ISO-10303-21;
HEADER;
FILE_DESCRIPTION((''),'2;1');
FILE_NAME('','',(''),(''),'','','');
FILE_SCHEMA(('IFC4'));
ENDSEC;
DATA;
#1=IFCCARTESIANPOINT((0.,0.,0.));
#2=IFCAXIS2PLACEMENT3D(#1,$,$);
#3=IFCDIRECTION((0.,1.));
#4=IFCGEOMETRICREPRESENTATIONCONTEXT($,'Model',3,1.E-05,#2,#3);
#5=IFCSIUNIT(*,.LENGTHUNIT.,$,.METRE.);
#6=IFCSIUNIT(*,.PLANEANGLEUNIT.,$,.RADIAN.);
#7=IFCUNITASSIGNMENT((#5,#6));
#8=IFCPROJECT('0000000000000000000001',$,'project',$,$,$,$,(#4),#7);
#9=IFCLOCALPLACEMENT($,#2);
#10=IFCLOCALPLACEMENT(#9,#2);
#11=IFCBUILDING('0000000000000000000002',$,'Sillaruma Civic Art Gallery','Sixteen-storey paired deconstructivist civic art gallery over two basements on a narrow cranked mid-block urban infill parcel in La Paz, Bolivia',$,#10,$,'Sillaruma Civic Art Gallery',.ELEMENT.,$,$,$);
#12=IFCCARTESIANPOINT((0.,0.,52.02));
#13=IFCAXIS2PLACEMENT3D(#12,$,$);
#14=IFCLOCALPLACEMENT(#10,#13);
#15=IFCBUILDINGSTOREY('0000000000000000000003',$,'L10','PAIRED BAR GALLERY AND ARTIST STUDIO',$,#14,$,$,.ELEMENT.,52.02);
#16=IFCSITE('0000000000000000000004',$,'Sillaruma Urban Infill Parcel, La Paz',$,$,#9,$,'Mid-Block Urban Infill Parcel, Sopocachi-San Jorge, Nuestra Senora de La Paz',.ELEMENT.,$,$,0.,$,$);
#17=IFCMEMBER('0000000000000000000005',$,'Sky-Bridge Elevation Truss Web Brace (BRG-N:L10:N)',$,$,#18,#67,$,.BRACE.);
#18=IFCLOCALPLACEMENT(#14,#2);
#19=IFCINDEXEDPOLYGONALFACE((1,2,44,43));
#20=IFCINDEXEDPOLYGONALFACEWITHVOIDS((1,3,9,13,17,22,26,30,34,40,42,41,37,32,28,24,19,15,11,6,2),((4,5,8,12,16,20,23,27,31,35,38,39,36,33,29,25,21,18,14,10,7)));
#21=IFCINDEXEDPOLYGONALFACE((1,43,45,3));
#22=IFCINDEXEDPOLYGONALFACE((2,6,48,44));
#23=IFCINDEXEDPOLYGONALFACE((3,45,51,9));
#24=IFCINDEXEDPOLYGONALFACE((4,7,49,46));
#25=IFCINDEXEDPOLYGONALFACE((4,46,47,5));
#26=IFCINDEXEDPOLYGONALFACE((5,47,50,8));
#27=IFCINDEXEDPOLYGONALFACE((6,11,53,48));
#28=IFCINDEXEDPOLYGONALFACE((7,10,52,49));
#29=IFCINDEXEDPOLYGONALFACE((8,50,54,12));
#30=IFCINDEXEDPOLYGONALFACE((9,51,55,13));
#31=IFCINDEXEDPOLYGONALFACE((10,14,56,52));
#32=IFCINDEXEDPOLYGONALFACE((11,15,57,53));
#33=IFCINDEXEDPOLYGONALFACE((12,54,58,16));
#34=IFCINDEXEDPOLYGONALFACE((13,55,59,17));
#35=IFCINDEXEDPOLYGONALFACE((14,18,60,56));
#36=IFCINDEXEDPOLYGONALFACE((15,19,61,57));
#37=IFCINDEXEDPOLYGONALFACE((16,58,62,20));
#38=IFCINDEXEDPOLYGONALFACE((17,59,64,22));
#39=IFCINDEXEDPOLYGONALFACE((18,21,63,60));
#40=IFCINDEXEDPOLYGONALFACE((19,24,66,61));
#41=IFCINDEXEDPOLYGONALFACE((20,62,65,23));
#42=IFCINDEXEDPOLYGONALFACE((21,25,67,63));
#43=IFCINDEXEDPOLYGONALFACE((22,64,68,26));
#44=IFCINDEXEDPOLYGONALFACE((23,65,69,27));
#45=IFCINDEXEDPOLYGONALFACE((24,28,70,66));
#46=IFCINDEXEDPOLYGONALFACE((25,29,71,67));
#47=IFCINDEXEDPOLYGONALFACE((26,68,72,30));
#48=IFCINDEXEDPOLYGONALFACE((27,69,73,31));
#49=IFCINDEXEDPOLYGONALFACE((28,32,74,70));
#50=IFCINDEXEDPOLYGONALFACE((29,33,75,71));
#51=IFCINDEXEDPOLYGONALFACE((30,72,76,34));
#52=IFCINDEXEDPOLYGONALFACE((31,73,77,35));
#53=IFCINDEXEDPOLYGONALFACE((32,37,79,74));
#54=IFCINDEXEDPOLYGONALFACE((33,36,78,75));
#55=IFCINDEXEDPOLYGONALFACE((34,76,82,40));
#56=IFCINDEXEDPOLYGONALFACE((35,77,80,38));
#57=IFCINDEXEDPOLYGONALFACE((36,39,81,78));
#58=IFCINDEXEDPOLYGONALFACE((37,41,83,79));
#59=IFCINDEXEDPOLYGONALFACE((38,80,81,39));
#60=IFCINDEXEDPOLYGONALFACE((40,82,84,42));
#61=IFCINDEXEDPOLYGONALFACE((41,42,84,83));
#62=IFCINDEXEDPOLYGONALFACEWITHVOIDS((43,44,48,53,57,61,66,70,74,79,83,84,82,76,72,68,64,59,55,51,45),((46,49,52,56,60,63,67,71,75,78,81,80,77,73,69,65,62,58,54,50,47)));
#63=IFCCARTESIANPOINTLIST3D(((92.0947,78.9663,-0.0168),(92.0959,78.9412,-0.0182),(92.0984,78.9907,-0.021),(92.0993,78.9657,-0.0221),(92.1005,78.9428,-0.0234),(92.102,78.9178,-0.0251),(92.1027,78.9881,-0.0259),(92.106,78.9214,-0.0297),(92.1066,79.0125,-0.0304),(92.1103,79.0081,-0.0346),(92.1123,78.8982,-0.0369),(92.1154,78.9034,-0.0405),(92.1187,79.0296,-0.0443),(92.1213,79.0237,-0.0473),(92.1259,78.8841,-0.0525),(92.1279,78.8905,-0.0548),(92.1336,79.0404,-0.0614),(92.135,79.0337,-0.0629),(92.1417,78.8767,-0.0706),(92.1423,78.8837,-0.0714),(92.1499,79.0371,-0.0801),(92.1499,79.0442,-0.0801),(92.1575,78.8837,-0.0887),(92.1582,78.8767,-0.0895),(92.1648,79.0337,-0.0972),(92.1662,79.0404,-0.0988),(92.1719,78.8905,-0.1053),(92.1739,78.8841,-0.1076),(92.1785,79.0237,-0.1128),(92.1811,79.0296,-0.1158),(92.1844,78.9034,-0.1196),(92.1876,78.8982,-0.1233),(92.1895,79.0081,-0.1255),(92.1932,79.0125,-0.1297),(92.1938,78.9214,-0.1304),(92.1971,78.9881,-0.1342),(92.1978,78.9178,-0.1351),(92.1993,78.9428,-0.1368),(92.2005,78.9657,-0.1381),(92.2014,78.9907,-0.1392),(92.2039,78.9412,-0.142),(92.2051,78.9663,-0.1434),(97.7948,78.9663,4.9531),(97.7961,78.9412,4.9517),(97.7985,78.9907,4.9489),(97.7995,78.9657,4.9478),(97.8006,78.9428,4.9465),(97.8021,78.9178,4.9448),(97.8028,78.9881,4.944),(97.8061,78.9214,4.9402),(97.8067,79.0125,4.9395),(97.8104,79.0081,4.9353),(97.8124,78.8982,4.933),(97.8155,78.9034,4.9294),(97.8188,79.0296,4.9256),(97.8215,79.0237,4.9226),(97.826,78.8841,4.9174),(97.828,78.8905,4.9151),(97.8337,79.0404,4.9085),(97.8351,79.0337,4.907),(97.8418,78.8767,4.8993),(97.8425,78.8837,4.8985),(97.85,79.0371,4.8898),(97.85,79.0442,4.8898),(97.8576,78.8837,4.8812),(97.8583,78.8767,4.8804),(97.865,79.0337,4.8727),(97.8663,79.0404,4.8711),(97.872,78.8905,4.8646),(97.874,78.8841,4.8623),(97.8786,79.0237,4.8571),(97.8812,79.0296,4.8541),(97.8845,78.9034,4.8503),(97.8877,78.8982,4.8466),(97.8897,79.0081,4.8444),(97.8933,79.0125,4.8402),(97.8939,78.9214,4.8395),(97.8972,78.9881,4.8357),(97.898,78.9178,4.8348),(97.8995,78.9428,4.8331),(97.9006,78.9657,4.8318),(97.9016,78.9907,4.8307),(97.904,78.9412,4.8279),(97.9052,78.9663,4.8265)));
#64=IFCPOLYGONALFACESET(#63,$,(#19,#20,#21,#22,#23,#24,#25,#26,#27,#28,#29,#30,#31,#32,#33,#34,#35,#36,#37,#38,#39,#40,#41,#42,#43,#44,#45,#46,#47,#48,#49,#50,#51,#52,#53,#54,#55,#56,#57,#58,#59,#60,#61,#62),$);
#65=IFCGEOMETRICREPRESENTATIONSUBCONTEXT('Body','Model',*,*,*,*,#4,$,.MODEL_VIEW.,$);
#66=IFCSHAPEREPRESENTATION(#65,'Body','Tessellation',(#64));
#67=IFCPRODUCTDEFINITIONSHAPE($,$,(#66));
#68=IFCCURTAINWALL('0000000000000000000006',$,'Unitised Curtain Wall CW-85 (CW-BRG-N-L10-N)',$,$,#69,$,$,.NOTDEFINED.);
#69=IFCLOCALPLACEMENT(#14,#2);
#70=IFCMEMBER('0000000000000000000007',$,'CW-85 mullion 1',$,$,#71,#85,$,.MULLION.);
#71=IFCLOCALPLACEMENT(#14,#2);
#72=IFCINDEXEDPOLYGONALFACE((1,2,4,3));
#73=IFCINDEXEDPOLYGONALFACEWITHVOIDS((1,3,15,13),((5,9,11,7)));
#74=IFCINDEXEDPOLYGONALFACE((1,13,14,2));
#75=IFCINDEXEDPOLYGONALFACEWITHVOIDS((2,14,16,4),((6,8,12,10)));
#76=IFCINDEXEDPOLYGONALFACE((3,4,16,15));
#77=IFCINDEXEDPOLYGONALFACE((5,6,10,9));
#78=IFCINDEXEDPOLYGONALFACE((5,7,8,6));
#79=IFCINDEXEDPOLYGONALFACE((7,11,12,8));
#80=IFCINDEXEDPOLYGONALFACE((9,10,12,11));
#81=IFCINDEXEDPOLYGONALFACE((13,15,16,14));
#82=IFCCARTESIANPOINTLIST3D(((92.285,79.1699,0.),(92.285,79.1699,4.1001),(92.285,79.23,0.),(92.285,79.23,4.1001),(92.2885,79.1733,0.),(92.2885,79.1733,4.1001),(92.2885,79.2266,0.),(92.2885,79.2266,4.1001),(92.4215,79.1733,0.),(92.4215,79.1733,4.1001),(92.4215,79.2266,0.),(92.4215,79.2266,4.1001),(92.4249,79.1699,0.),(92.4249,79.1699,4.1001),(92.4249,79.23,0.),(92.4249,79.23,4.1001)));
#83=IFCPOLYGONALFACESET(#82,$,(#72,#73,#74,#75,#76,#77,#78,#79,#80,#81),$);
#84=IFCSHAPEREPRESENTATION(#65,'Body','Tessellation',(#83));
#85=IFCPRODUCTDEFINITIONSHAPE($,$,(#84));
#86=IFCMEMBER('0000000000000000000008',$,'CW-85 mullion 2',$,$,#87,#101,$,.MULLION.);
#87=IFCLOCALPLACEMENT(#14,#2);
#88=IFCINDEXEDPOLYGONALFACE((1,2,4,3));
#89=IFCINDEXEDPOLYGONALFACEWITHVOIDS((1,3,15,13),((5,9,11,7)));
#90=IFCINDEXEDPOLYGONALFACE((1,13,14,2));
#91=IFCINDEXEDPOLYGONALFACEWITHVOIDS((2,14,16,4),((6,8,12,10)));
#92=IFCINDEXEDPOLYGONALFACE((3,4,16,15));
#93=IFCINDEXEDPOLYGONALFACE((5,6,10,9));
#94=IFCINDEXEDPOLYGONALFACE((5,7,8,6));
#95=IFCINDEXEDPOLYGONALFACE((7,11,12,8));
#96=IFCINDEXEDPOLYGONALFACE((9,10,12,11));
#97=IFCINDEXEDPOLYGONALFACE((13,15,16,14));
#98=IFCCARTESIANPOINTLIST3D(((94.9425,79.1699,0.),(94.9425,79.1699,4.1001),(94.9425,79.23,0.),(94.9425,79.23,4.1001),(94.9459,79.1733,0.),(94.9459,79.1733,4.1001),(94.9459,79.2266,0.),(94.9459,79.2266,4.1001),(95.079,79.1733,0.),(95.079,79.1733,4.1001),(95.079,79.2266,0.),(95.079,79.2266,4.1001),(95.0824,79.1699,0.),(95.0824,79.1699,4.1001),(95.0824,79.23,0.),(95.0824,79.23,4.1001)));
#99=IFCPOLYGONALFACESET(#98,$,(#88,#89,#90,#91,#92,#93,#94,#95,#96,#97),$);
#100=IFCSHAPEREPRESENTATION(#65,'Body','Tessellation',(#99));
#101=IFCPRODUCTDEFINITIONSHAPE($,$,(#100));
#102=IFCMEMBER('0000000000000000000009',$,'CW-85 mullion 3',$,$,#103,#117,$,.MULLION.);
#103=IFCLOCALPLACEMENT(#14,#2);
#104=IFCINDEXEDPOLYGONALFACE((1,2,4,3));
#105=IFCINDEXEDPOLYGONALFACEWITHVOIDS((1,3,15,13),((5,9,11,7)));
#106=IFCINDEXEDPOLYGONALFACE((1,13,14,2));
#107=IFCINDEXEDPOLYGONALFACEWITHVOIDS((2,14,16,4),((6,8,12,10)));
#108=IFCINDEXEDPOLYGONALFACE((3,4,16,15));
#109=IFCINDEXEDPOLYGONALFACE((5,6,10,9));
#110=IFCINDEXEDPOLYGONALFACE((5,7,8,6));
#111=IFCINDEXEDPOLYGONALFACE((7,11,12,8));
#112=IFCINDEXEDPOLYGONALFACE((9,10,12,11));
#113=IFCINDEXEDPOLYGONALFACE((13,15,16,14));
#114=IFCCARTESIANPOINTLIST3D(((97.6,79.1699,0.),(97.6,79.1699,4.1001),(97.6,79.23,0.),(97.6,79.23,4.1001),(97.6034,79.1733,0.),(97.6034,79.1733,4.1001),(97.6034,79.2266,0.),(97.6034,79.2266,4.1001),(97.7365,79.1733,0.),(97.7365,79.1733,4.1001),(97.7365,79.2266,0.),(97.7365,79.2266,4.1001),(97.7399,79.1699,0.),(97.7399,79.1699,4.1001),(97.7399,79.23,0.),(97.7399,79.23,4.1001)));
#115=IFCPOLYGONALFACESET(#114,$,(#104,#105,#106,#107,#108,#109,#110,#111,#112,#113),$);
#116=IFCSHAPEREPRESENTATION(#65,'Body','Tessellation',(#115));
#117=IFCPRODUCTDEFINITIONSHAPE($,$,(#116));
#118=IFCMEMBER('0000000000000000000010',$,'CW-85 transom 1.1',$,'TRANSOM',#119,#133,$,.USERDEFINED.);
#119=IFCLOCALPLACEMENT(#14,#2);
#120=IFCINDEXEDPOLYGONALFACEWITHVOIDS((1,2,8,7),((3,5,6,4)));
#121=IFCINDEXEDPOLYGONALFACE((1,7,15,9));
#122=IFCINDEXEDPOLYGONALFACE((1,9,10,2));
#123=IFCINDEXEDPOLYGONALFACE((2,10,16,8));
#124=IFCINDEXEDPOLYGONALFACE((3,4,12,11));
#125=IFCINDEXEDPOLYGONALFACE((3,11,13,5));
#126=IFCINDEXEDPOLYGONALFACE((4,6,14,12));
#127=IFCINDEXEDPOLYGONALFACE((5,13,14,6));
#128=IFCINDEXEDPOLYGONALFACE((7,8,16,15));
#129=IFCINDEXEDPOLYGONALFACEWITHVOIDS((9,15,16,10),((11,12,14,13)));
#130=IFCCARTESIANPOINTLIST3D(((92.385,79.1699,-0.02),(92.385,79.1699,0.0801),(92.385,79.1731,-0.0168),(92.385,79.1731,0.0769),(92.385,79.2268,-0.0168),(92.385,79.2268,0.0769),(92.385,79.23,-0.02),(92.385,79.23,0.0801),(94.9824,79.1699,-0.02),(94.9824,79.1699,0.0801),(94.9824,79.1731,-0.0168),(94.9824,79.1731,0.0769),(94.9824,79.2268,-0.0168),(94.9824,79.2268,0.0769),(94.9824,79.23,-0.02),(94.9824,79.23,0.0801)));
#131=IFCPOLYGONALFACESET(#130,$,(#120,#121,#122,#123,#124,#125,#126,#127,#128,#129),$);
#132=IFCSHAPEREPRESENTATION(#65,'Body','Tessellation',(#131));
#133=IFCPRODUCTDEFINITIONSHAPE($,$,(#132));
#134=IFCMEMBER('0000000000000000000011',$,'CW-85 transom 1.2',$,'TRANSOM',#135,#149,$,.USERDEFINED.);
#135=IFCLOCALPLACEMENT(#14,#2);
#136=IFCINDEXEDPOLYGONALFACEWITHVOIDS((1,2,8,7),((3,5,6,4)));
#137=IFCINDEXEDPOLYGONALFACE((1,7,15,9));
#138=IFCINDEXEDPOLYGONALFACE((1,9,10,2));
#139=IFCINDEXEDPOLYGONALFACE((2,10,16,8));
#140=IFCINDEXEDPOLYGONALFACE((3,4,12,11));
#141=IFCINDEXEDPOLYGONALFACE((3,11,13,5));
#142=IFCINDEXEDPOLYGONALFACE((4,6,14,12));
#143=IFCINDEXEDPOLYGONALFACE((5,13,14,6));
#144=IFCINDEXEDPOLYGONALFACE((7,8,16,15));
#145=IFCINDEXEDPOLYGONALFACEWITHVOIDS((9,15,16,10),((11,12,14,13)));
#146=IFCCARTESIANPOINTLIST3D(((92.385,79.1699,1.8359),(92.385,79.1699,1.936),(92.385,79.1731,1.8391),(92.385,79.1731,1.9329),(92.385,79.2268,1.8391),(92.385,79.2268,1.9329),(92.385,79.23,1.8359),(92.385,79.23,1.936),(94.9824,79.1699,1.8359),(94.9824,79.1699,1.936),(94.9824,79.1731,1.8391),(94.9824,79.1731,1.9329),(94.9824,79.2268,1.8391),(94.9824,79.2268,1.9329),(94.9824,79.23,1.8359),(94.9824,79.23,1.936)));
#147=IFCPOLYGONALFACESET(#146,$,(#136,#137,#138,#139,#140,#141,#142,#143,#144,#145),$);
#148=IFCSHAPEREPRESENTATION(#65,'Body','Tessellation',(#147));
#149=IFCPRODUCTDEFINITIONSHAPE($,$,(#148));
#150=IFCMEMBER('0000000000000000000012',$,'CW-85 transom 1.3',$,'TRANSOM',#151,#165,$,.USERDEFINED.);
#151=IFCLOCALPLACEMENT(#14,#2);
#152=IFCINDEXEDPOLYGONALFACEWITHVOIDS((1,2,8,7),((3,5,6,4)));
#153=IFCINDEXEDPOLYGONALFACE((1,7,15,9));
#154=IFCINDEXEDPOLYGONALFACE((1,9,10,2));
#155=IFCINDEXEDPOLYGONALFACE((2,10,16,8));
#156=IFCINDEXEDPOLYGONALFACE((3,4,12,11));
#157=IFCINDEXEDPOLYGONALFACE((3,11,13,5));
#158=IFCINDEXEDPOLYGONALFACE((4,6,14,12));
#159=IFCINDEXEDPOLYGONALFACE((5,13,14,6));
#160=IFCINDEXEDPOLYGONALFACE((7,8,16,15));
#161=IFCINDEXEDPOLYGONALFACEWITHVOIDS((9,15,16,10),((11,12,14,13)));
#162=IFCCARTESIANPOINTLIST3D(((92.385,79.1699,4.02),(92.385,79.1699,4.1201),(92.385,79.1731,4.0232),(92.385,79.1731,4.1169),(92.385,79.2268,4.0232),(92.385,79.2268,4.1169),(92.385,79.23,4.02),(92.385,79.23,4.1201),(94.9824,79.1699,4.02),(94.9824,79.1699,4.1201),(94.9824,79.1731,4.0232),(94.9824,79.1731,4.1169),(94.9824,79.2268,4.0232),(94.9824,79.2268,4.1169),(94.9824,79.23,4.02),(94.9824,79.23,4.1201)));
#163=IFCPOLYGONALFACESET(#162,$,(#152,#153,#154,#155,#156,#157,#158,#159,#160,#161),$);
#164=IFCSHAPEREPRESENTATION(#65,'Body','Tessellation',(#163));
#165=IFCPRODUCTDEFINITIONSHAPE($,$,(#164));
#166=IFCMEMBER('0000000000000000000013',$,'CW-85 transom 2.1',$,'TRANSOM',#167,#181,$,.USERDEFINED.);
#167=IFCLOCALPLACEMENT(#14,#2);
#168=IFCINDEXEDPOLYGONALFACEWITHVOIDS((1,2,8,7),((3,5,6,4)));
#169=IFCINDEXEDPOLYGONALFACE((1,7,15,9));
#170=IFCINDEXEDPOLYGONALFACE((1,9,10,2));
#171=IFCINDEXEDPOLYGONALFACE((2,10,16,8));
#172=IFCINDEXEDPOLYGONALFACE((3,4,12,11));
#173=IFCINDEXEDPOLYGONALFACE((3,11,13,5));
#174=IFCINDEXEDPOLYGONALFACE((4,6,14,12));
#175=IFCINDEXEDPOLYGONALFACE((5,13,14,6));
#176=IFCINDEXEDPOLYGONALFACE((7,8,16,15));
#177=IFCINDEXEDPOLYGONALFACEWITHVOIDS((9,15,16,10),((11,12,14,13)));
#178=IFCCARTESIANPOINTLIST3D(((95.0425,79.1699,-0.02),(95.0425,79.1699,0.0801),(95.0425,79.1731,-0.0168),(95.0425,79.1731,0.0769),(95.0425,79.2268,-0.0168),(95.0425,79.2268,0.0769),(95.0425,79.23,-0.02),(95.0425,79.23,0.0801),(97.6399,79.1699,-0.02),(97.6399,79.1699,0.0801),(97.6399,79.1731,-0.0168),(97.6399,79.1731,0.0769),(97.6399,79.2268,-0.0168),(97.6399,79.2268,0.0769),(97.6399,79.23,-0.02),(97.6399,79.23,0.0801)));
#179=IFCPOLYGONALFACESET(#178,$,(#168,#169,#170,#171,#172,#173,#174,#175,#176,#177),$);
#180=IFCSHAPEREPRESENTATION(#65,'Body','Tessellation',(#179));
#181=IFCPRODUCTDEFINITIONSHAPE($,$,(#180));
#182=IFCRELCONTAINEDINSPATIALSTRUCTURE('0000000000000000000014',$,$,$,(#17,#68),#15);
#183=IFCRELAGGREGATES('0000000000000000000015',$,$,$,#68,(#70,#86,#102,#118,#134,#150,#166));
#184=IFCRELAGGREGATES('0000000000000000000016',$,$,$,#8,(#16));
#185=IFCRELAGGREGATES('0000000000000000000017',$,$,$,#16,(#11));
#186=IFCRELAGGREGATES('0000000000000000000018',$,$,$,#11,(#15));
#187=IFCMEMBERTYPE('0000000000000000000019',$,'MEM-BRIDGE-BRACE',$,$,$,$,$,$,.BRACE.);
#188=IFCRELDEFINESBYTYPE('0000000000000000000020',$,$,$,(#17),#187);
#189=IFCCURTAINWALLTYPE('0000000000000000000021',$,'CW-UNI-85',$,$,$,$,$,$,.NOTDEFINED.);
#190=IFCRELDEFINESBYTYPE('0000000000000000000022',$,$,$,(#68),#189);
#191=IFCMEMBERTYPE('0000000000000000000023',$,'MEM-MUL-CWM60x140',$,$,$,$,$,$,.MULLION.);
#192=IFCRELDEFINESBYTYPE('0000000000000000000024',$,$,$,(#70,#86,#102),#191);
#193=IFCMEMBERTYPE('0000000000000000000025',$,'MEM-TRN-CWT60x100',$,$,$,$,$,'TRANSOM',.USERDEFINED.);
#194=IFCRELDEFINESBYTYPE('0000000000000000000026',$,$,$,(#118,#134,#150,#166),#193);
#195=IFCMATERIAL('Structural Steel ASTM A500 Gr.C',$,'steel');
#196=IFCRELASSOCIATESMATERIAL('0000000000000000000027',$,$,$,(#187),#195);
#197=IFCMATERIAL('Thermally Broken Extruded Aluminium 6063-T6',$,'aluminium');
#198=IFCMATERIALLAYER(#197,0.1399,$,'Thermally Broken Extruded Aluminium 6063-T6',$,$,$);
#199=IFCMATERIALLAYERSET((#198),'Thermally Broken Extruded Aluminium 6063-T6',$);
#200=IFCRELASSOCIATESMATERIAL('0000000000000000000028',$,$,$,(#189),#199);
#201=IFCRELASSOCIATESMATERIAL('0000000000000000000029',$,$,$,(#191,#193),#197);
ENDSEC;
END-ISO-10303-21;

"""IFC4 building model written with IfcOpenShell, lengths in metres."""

from ifc_helpers import new_model, si_unit, direction, frame, origin, origin_2d, place, context, subcontext, project, spatial, hollow_rectangle, hollow_circle, extrude, material, layer, layer_set, material_profile, profile_set, type_object, element, aggregate, save


model = new_model("IFC4")

# Units and contexts
model_context = context("Model", 3, precision=1e-05, world=origin(), true_north=direction((0.0, 1.0)))
body_context = subcontext(model_context, "Body", "Model", "MODEL_VIEW")
ifc_project = project(units=[si_unit("LENGTHUNIT", "METRE"), si_unit("PLANEANGLEUNIT", "RADIAN")], contexts=[model_context])

# Site, building, storey
site_placement = place(None, origin())
site = spatial("IfcSite", under=ifc_project, at=site_placement, Name="Sillaruma Urban Infill Parcel, La Paz", LongName="Mid-Block Urban Infill Parcel, Sopocachi-San Jorge, Nuestra Senora de La Paz", CompositionType="ELEMENT", RefElevation=0.0)
building_placement = place(site_placement, origin())
building = spatial("IfcBuilding", under=site, at=building_placement, Name="Sillaruma Civic Art Gallery", Description="Sixteen-storey paired deconstructivist civic art gallery over two basements on a narrow cranked mid-block urban infill parcel in La Paz, Bolivia", LongName="Sillaruma Civic Art Gallery", CompositionType="ELEMENT")
storey_placement = place(building_placement, frame((0.0, 0.0, 52.02)))
storey = spatial("IfcBuildingStorey", under=building, at=storey_placement, Name="L10", Description="PAIRED BAR GALLERY AND ARTIST STUDIO", CompositionType="ELEMENT", Elevation=52.02)

# Member
ifc_material_1 = material(Name="Structural Steel ASTM A500 Gr.C", Category="steel")
ifc_material_profile_1 = material_profile(ifc_material_1, hollow_circle(Radius=0.0842, WallThickness=0.0071, at=origin_2d()), Name="CHS168.3x7.1")
ifc_profile_set_1 = profile_set([ifc_material_profile_1], Name="Structural Steel ASTM A500 Gr.C")
member_type_1 = type_object("IfcMemberType", Name="MEM-BRIDGE-BRACE", PredefinedType="BRACE", material=ifc_profile_set_1)
for number, where, z_axis, x_axis, name in (
    (1, (92.1499, 78.96, -0.0801), (0.753735, 0.0, 0.657178), (0.0, 1.0, 0.0), "Sky-Bridge Elevation Truss Web Brace (BRG-N:L10:N)"),
):
    element("IfcMember", number, at=place(storey_placement, frame(where, z_axis=z_axis, x_axis=x_axis)), inside=storey, type_object=member_type_1, Name=name, PredefinedType="BRACE", context=body_context, shape_type="SweptSolid", body=[
        extrude(hollow_circle(Radius=0.0842, WallThickness=0.0071, at=origin_2d()), origin(), (0.0, 0.0, 1.0), 7.5625),
    ])

# Curtain wall, members
ifc_material_2 = material(Name="Thermally Broken Extruded Aluminium 6063-T6", Category="aluminium")
ifc_layer_1 = layer(ifc_material_2, 0.1399, Name="Thermally Broken Extruded Aluminium 6063-T6")
ifc_layer_set_1 = layer_set([ifc_layer_1], Name="Thermally Broken Extruded Aluminium 6063-T6")
curtain_wall_type = type_object("IfcCurtainWallType", Name="CW-UNI-85", PredefinedType="NOTDEFINED", material=ifc_layer_set_1)
curtain_wall_placement = place(storey_placement, origin())
curtain_wall = element("IfcCurtainWall", 2, at=curtain_wall_placement, inside=storey, type_object=curtain_wall_type, Name="Unitised Curtain Wall CW-85 (CW-BRG-N-L10-N)", PredefinedType="NOTDEFINED")
ifc_material_profile_2 = material_profile(ifc_material_2, hollow_rectangle(XDim=0.0601, YDim=0.1399, WallThickness=0.0034, at=origin_2d()), Name="CWM60x140")
ifc_profile_set_2 = profile_set([ifc_material_profile_2], Name="Thermally Broken Extruded Aluminium 6063-T6")
member_type_2 = type_object("IfcMemberType", Name="MEM-MUL-CWM60x140", PredefinedType="MULLION", material=ifc_profile_set_2)
member_1_placement = place(storey_placement, frame((92.355, 79.2, 0.0), z_axis=(0.0, 0.0, 1.0), x_axis=(0.0, 1.0, 0.0)))
member_1 = element("IfcMember", 3, at=member_1_placement, type_object=member_type_2, Name="CW-85 mullion 1", PredefinedType="MULLION", context=body_context, shape_type="SweptSolid", body=[
    extrude(hollow_rectangle(XDim=0.0601, YDim=0.1399, WallThickness=0.0034, at=origin_2d()), origin(), (0.0, 0.0, 1.0), 4.1001),
])
member_2_placement = place(storey_placement, frame((95.0125, 79.2, 0.0), z_axis=(0.0, 0.0, 1.0), x_axis=(0.0, 1.0, 0.0)))
member_2 = element("IfcMember", 4, at=member_2_placement, type_object=member_type_2, Name="CW-85 mullion 2", PredefinedType="MULLION", context=body_context, shape_type="SweptSolid", body=[
    extrude(hollow_rectangle(XDim=0.0601, YDim=0.1399, WallThickness=0.0034, at=origin_2d()), origin(), (0.0, 0.0, 1.0), 4.1001),
])
member_3_placement = place(storey_placement, frame((97.6699, 79.2, 0.0), z_axis=(0.0, 0.0, 1.0), x_axis=(0.0, 1.0, 0.0)))
member_3 = element("IfcMember", 5, at=member_3_placement, type_object=member_type_2, Name="CW-85 mullion 3", PredefinedType="MULLION", context=body_context, shape_type="SweptSolid", body=[
    extrude(hollow_rectangle(XDim=0.0601, YDim=0.1399, WallThickness=0.0034, at=origin_2d()), origin(), (0.0, 0.0, 1.0), 4.1001),
])
ifc_material_profile_3 = material_profile(ifc_material_2, hollow_rectangle(XDim=0.0601, YDim=0.1001, WallThickness=0.0032, at=origin_2d()), Name="CWT60x100")
ifc_profile_set_3 = profile_set([ifc_material_profile_3], Name="Thermally Broken Extruded Aluminium 6063-T6")
member_type_3 = type_object("IfcMemberType", Name="MEM-TRN-CWT60x100", ElementType="TRANSOM", PredefinedType="USERDEFINED", material=ifc_profile_set_3)
member_4_placement = place(storey_placement, frame((92.385, 79.2, 0.03), z_axis=(1.0, 0.0, 0.0), x_axis=(0.0, 1.0, 0.0)))
member_4 = element("IfcMember", 6, at=member_4_placement, type_object=member_type_3, Name="CW-85 transom 1.1", ObjectType="TRANSOM", PredefinedType="USERDEFINED", context=body_context, shape_type="SweptSolid", body=[
    extrude(hollow_rectangle(XDim=0.0601, YDim=0.1001, WallThickness=0.0032, at=origin_2d()), origin(), (0.0, 0.0, 1.0), 2.5974),
])
member_5_placement = place(storey_placement, frame((92.385, 79.2, 1.886), z_axis=(1.0, 0.0, 0.0), x_axis=(0.0, 1.0, 0.0)))
member_5 = element("IfcMember", 7, at=member_5_placement, type_object=member_type_3, Name="CW-85 transom 1.2", ObjectType="TRANSOM", PredefinedType="USERDEFINED", context=body_context, shape_type="SweptSolid", body=[
    extrude(hollow_rectangle(XDim=0.0601, YDim=0.1001, WallThickness=0.0032, at=origin_2d()), origin(), (0.0, 0.0, 1.0), 2.5974),
])
member_6_placement = place(storey_placement, frame((92.385, 79.2, 4.0701), z_axis=(1.0, 0.0, 0.0), x_axis=(0.0, 1.0, 0.0)))
member_6 = element("IfcMember", 8, at=member_6_placement, type_object=member_type_3, Name="CW-85 transom 1.3", ObjectType="TRANSOM", PredefinedType="USERDEFINED", context=body_context, shape_type="SweptSolid", body=[
    extrude(hollow_rectangle(XDim=0.0601, YDim=0.1001, WallThickness=0.0032, at=origin_2d()), origin(), (0.0, 0.0, 1.0), 2.5974),
])
member_7_placement = place(storey_placement, frame((95.0425, 79.2, 0.03), z_axis=(1.0, 0.0, 0.0), x_axis=(0.0, 1.0, 0.0)))
member_7 = element("IfcMember", 9, at=member_7_placement, type_object=member_type_3, Name="CW-85 transom 2.1", ObjectType="TRANSOM", PredefinedType="USERDEFINED", context=body_context, shape_type="SweptSolid", body=[
    extrude(hollow_rectangle(XDim=0.0601, YDim=0.1001, WallThickness=0.0032, at=origin_2d()), origin(), (0.0, 0.0, 1.0), 2.5974),
])

aggregate(curtain_wall, [member_1, member_2, member_3, member_4, member_5, member_6, member_7])

save(model, "model.ifc")
